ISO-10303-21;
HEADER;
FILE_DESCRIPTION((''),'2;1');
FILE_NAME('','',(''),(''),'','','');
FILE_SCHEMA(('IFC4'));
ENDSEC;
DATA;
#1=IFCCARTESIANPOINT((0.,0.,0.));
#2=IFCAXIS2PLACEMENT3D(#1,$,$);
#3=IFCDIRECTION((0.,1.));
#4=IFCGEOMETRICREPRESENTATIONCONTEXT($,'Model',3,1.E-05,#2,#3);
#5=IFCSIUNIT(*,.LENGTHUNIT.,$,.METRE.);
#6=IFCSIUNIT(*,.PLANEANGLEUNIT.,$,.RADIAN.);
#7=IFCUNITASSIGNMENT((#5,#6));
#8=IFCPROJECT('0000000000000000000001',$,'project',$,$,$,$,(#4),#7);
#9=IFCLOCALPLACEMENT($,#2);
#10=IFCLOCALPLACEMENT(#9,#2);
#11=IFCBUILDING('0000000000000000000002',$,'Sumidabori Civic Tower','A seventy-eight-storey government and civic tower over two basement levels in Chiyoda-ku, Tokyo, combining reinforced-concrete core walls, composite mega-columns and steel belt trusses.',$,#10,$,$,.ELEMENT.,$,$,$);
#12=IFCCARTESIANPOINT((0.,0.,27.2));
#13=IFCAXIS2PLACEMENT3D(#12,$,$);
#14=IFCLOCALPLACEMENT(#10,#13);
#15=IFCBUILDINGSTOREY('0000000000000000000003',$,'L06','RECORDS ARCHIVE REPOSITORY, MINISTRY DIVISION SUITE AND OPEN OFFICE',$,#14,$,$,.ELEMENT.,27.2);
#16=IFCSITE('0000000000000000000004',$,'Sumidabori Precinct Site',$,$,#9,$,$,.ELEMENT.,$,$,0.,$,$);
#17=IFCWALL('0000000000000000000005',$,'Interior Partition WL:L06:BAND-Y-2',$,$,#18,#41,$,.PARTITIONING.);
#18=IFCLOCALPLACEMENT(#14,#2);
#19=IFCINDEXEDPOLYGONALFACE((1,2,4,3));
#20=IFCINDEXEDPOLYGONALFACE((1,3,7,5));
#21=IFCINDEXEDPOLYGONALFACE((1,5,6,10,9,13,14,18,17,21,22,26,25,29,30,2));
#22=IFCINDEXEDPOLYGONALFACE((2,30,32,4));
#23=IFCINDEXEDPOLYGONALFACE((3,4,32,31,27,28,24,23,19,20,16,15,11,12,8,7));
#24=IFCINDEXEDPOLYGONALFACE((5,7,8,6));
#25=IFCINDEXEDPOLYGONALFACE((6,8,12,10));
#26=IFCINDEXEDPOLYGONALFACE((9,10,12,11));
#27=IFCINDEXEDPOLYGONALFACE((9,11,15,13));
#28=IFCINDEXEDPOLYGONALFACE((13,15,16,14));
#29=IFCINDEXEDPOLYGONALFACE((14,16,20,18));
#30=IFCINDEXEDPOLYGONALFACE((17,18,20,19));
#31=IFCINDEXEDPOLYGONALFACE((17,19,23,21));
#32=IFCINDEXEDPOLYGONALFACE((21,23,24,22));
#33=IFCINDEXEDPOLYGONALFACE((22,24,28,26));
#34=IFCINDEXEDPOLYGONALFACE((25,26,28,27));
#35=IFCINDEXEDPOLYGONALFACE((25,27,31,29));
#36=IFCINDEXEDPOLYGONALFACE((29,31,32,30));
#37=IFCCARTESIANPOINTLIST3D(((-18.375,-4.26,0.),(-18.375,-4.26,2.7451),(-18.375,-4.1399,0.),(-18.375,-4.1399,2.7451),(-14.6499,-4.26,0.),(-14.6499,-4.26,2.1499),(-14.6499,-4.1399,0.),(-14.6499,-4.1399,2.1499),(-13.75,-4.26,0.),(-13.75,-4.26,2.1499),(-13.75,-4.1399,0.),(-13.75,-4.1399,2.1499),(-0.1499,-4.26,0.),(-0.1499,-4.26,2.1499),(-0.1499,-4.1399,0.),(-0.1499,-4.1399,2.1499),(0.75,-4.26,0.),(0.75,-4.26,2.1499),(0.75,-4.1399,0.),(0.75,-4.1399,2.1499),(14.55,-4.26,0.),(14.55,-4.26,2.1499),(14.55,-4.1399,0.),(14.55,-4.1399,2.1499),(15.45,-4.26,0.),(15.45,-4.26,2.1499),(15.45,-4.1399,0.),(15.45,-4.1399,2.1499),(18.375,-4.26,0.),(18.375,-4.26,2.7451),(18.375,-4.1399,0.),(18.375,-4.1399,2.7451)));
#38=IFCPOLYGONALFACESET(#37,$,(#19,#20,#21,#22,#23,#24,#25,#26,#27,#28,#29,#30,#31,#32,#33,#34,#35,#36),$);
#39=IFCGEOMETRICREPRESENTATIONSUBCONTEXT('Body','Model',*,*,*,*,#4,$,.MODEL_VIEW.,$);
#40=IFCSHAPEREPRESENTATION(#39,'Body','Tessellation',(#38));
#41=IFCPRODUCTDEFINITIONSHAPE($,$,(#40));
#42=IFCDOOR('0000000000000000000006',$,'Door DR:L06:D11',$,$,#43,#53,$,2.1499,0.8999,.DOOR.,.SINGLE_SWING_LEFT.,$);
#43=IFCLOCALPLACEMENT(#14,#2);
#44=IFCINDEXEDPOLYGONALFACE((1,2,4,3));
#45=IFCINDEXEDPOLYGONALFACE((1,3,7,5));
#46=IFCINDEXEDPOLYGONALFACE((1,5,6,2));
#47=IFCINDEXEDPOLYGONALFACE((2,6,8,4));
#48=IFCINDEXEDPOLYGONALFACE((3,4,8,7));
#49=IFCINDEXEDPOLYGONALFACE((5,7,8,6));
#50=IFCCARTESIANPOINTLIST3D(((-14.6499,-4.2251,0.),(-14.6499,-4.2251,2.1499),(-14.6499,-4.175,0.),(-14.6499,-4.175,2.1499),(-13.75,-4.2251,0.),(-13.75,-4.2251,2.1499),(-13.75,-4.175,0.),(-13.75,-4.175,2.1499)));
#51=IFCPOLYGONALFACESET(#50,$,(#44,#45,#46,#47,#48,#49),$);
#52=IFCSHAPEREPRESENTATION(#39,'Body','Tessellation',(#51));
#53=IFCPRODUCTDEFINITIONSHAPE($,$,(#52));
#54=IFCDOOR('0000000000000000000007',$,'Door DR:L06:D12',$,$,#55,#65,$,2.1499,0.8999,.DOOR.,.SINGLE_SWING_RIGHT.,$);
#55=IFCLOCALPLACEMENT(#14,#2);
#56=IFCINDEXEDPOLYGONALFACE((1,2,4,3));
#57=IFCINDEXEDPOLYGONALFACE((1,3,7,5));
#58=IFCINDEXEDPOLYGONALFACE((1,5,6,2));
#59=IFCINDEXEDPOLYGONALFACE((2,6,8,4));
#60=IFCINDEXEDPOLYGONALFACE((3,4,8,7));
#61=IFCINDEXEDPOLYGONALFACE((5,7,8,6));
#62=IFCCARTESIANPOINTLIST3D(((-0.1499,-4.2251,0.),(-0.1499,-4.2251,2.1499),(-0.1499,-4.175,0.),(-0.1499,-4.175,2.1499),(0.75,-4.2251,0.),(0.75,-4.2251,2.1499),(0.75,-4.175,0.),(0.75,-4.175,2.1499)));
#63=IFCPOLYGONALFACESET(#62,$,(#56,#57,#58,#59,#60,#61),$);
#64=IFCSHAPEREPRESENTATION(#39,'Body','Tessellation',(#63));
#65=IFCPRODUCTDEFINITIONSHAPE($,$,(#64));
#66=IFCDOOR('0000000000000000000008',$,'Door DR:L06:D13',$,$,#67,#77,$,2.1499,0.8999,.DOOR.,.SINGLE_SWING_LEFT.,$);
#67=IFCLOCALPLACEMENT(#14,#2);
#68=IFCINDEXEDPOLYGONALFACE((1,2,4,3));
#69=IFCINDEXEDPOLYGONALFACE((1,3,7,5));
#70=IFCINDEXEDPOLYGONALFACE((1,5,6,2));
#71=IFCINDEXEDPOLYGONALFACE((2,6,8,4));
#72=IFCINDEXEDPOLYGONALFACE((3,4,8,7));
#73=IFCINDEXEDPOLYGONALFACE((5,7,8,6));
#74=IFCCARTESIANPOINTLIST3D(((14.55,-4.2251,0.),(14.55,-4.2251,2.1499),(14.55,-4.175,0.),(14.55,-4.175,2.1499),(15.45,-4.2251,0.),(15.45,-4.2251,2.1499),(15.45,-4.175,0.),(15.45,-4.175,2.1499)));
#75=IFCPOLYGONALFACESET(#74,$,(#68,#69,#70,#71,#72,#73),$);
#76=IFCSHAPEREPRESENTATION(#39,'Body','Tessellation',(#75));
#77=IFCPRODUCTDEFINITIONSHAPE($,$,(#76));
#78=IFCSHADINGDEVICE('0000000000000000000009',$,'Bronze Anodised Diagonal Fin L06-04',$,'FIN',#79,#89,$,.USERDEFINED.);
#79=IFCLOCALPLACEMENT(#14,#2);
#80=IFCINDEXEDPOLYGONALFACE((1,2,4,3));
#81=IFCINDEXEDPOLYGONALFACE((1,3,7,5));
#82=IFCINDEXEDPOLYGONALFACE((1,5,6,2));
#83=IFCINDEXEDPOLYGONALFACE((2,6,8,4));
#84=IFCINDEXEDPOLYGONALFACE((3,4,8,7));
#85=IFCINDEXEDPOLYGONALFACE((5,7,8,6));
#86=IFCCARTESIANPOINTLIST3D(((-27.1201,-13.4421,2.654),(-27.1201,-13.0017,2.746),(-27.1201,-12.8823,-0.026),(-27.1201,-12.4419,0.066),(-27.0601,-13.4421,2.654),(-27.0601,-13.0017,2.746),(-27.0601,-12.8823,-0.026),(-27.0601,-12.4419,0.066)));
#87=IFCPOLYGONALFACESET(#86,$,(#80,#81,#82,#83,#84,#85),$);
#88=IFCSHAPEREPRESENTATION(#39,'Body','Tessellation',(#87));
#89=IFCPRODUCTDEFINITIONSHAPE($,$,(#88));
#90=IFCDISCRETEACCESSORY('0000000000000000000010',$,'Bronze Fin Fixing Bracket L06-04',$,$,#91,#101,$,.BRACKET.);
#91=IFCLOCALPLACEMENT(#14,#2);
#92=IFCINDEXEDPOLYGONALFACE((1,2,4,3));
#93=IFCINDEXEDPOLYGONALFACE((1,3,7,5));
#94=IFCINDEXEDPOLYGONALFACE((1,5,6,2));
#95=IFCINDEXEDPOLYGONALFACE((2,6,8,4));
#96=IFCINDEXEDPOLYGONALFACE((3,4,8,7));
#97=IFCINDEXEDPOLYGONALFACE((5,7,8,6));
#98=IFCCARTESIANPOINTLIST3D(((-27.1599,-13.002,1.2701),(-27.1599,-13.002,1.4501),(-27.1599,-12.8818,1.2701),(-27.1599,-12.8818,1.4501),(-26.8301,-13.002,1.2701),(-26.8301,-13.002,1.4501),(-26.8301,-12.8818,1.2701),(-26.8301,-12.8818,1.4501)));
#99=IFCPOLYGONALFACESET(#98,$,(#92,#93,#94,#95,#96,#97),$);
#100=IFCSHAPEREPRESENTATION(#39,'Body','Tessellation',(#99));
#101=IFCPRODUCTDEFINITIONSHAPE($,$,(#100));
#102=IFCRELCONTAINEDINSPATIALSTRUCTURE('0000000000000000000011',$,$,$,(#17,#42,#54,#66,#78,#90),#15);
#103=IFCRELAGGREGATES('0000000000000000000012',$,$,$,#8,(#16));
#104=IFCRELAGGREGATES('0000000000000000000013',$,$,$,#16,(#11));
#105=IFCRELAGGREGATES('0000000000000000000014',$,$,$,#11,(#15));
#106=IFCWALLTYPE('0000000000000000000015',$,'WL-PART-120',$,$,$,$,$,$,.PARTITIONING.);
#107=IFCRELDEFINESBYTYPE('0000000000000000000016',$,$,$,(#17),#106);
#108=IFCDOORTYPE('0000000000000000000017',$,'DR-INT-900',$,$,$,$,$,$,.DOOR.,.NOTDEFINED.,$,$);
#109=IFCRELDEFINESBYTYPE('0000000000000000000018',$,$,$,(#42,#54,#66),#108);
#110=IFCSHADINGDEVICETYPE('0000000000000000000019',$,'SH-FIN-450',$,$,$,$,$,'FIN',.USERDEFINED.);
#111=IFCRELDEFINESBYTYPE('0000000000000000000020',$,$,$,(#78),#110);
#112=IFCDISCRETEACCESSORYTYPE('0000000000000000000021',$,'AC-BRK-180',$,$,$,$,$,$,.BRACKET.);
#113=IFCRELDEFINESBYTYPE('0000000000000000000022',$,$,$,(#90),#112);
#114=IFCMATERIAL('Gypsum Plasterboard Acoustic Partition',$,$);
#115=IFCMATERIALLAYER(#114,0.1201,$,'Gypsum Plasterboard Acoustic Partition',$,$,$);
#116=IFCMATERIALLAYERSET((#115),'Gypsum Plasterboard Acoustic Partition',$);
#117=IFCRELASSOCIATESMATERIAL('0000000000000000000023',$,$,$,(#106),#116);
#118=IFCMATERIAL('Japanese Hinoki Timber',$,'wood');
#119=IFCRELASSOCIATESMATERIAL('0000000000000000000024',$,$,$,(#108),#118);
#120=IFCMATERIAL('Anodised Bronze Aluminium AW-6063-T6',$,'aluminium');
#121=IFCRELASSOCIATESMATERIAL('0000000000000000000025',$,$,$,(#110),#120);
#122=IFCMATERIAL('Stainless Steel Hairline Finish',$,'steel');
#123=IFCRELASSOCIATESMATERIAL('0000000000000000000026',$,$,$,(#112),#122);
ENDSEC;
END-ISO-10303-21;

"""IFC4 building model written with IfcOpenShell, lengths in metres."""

from ifc_helpers import new_model, si_unit, direction, frame, frame_2d, origin, origin_2d, place, context, subcontext, project, spatial, rectangle, extrude, source, transform, mapped, material, layer, layer_set, material_profile, profile_set, type_object, element, fill, save


model = new_model("IFC4")

# Units and contexts
model_context = context("Model", 3, precision=1e-05, world=origin(), true_north=direction((0.0, 1.0)))
body_context = subcontext(model_context, "Body", "Model", "MODEL_VIEW")
ifc_project = project(units=[si_unit("LENGTHUNIT", "METRE"), si_unit("PLANEANGLEUNIT", "RADIAN")], contexts=[model_context])

# Site, building, storey
site_placement = place(None, origin())
site = spatial("IfcSite", under=ifc_project, at=site_placement, Name="Sumidabori Precinct Site", CompositionType="ELEMENT", RefElevation=0.0)
building_placement = place(site_placement, origin())
building = spatial("IfcBuilding", under=site, at=building_placement, Name="Sumidabori Civic Tower", Description="A seventy-eight-storey government and civic tower over two basement levels in Chiyoda-ku, Tokyo, combining reinforced-concrete core walls, composite mega-columns and steel belt trusses.", CompositionType="ELEMENT")
storey_placement = place(building_placement, frame((0.0, 0.0, 27.2)))
storey = spatial("IfcBuildingStorey", under=building, at=storey_placement, Name="L06", Description="RECORDS ARCHIVE REPOSITORY, MINISTRY DIVISION SUITE AND OPEN OFFICE", CompositionType="ELEMENT", Elevation=27.2)

# Shared definitions
ifc_material_1 = material(Name="Anodised Bronze Aluminium AW-6063-T6", Category="aluminium")

# Shared definitions
ifc_material_2 = material(Name="Gypsum Plasterboard Acoustic Partition")
ifc_layer_1 = layer(ifc_material_2, 0.1201, Name="Gypsum Plasterboard Acoustic Partition")
ifc_layer_set_1 = layer_set([ifc_layer_1], Name="Gypsum Plasterboard Acoustic Partition")
wall_type = type_object("IfcWallType", Name="WL-PART-120", PredefinedType="PARTITIONING", material=ifc_layer_set_1)

# Wall, openings, doors
shared_shape_1 = source(origin(), body_context, "Body", "SweptSolid", [
    extrude(rectangle(XDim=36.75, YDim=0.1201, at=frame_2d((18.375, 0.0))), origin(), (0.0, 0.0, 1.0), 2.7451),
])
wall_1_placement = place(storey_placement, frame((-18.375, -4.2, 0.0), z_axis=(0.0, 0.0, 1.0), x_axis=(1.0, 0.0, 0.0)))
wall_1 = element("IfcWall", 1, at=wall_1_placement, inside=storey, type_object=wall_type, Name="Interior Partition WL:L06:BAND-Y-2", PredefinedType="PARTITIONING", context=body_context, shape_type="MappedRepresentation", body=[
    mapped(shared_shape_1, transform((0.0, 0.0, 0.0), x_axis=(1.0, 0.0, 0.0), y_axis=(0.0, 1.0, 0.0), z_axis=(0.0, 0.0, 1.0), scale=1.0)),
])
opening_1_placement = place(wall_1_placement, frame((3.7251, 0.0, 0.0)))
opening_1 = element("IfcOpeningElement", 2, at=opening_1_placement, cuts=wall_1, PredefinedType="OPENING", context=body_context, shape_type="SweptSolid", body=[
    extrude(rectangle(XDim=0.8999, YDim=2.1499, at=frame_2d((0.45, 1.075))), frame((0.0, 0.072, 0.0), z_axis=(0.0, -1.0, 0.0), x_axis=(1.0, 0.0, 0.0)), (0.0, 0.0, 1.0), 0.144),
])
opening_2_placement = place(wall_1_placement, frame((18.2251, 0.0, 0.0)))
opening_2 = element("IfcOpeningElement", 3, at=opening_2_placement, cuts=wall_1, PredefinedType="OPENING", context=body_context, shape_type="SweptSolid", body=[
    extrude(rectangle(XDim=0.8999, YDim=2.1499, at=frame_2d((0.45, 1.075))), frame((0.0, 0.072, 0.0), z_axis=(0.0, -1.0, 0.0), x_axis=(1.0, 0.0, 0.0)), (0.0, 0.0, 1.0), 0.144),
])
opening_3_placement = place(wall_1_placement, frame((32.925, 0.0, 0.0)))
opening_3 = element("IfcOpeningElement", 4, at=opening_3_placement, cuts=wall_1, PredefinedType="OPENING", context=body_context, shape_type="SweptSolid", body=[
    extrude(rectangle(XDim=0.8999, YDim=2.1499, at=frame_2d((0.45, 1.075))), frame((0.0, 0.072, 0.0), z_axis=(0.0, -1.0, 0.0), x_axis=(1.0, 0.0, 0.0)), (0.0, 0.0, 1.0), 0.144),
])
ifc_material_3 = material(Name="Japanese Hinoki Timber", Category="wood")
door_type = type_object("IfcDoorType", Name="DR-INT-900", OperationType="NOTDEFINED", PredefinedType="DOOR", material=ifc_material_3)
shared_shape_2 = source(origin(), body_context, "Body", "SweptSolid", [
    extrude(rectangle(XDim=0.8999, YDim=2.1499, at=frame_2d((0.45, 1.075))), frame((0.0, 0.0249, 0.0), z_axis=(0.0, -1.0, 0.0), x_axis=(1.0, 0.0, 0.0)), (0.0, 0.0, 1.0), 0.05),
])
door_1_placement = place(opening_1_placement, origin())
door_1 = element("IfcDoor", 5, at=door_1_placement, inside=storey, type_object=door_type, Name="Door DR:L06:D11", OperationType="SINGLE_SWING_LEFT", OverallHeight=2.1499, OverallWidth=0.8999, PredefinedType="DOOR", context=body_context, shape_type="MappedRepresentation", body=[
    mapped(shared_shape_2, transform((0.0, 0.0, 0.0), x_axis=(1.0, 0.0, 0.0), y_axis=(0.0, 1.0, 0.0), z_axis=(0.0, 0.0, 1.0), scale=1.0)),
])
fill(opening_1, door_1)
door_2_placement = place(opening_2_placement, origin())
door_2 = element("IfcDoor", 6, at=door_2_placement, inside=storey, type_object=door_type, Name="Door DR:L06:D12", OperationType="SINGLE_SWING_RIGHT", OverallHeight=2.1499, OverallWidth=0.8999, PredefinedType="DOOR", context=body_context, shape_type="MappedRepresentation", body=[
    mapped(shared_shape_2, transform((0.0, 0.0, 0.0), x_axis=(1.0, 0.0, 0.0), y_axis=(0.0, 1.0, 0.0), z_axis=(0.0, 0.0, 1.0), scale=1.0)),
])
fill(opening_2, door_2)
door_3_placement = place(opening_3_placement, origin())
door_3 = element("IfcDoor", 7, at=door_3_placement, inside=storey, type_object=door_type, Name="Door DR:L06:D13", OperationType="SINGLE_SWING_LEFT", OverallHeight=2.1499, OverallWidth=0.8999, PredefinedType="DOOR", context=body_context, shape_type="MappedRepresentation", body=[
    mapped(shared_shape_2, transform((0.0, 0.0, 0.0), x_axis=(1.0, 0.0, 0.0), y_axis=(0.0, 1.0, 0.0), z_axis=(0.0, 0.0, 1.0), scale=1.0)),
])
fill(opening_3, door_3)

# Shading device
ifc_material_profile_1 = material_profile(ifc_material_1, rectangle(XDim=0.0601, YDim=0.45, at=origin_2d()), Name="BRONZE FIN 450x60")
ifc_profile_set_1 = profile_set([ifc_material_profile_1], Name="Anodised Bronze Aluminium AW-6063-T6")
shading_device_type = type_object("IfcShadingDeviceType", Name="SH-FIN-450", ElementType="FIN", PredefinedType="USERDEFINED", material=ifc_profile_set_1)
shared_shape_3 = source(origin(), body_context, "Body", "SweptSolid", [
    extrude(rectangle(XDim=0.0601, YDim=0.45, at=origin_2d()), origin(), (0.0, 0.0, 1.0), 2.7378),
])
shading_device_placement = place(storey_placement, frame((-27.0901, -12.6621, 0.02), z_axis=(0.0, -0.204478, 0.978871), x_axis=(-1.0, 0.0, 0.0)))
element("IfcShadingDevice", 8, at=shading_device_placement, inside=storey, type_object=shading_device_type, Name="Bronze Anodised Diagonal Fin L06-04", ObjectType="FIN", PredefinedType="USERDEFINED", context=body_context, shape_type="MappedRepresentation", body=[
    mapped(shared_shape_3, transform((0.0, 0.0, 0.0), x_axis=(1.0, 0.0, 0.0), y_axis=(0.0, 1.0, 0.0), z_axis=(0.0, 0.0, 1.0), scale=1.0)),
])

# Discrete accessory
ifc_material_4 = material(Name="Stainless Steel Hairline Finish", Category="steel")
ifc_material_profile_2 = material_profile(ifc_material_4, rectangle(XDim=0.1201, YDim=0.1799, at=origin_2d()), Name="STEEL BRACKET 180x120")
ifc_profile_set_2 = profile_set([ifc_material_profile_2], Name="Stainless Steel Hairline Finish")
discrete_accessory_type = type_object("IfcDiscreteAccessoryType", Name="AC-BRK-180", PredefinedType="BRACKET", material=ifc_profile_set_2)
shared_shape_4 = source(origin(), body_context, "Body", "SweptSolid", [
    extrude(rectangle(XDim=0.1201, YDim=0.1799, at=origin_2d()), origin(), (0.0, 0.0, 1.0), 0.3298),
])
discrete_accessory_placement = place(storey_placement, frame((-26.8301, -12.9419, 1.3601), z_axis=(-1.0, 0.0, 0.0), x_axis=(0.0, -1.0, 0.0)))
element("IfcDiscreteAccessory", 9, at=discrete_accessory_placement, inside=storey, type_object=discrete_accessory_type, Name="Bronze Fin Fixing Bracket L06-04", PredefinedType="BRACKET", context=body_context, shape_type="MappedRepresentation", body=[
    mapped(shared_shape_4, transform((0.0, 0.0, 0.0), x_axis=(1.0, 0.0, 0.0), y_axis=(0.0, 1.0, 0.0), z_axis=(0.0, 0.0, 1.0), scale=1.0)),
])

save(model, "model.ifc")
